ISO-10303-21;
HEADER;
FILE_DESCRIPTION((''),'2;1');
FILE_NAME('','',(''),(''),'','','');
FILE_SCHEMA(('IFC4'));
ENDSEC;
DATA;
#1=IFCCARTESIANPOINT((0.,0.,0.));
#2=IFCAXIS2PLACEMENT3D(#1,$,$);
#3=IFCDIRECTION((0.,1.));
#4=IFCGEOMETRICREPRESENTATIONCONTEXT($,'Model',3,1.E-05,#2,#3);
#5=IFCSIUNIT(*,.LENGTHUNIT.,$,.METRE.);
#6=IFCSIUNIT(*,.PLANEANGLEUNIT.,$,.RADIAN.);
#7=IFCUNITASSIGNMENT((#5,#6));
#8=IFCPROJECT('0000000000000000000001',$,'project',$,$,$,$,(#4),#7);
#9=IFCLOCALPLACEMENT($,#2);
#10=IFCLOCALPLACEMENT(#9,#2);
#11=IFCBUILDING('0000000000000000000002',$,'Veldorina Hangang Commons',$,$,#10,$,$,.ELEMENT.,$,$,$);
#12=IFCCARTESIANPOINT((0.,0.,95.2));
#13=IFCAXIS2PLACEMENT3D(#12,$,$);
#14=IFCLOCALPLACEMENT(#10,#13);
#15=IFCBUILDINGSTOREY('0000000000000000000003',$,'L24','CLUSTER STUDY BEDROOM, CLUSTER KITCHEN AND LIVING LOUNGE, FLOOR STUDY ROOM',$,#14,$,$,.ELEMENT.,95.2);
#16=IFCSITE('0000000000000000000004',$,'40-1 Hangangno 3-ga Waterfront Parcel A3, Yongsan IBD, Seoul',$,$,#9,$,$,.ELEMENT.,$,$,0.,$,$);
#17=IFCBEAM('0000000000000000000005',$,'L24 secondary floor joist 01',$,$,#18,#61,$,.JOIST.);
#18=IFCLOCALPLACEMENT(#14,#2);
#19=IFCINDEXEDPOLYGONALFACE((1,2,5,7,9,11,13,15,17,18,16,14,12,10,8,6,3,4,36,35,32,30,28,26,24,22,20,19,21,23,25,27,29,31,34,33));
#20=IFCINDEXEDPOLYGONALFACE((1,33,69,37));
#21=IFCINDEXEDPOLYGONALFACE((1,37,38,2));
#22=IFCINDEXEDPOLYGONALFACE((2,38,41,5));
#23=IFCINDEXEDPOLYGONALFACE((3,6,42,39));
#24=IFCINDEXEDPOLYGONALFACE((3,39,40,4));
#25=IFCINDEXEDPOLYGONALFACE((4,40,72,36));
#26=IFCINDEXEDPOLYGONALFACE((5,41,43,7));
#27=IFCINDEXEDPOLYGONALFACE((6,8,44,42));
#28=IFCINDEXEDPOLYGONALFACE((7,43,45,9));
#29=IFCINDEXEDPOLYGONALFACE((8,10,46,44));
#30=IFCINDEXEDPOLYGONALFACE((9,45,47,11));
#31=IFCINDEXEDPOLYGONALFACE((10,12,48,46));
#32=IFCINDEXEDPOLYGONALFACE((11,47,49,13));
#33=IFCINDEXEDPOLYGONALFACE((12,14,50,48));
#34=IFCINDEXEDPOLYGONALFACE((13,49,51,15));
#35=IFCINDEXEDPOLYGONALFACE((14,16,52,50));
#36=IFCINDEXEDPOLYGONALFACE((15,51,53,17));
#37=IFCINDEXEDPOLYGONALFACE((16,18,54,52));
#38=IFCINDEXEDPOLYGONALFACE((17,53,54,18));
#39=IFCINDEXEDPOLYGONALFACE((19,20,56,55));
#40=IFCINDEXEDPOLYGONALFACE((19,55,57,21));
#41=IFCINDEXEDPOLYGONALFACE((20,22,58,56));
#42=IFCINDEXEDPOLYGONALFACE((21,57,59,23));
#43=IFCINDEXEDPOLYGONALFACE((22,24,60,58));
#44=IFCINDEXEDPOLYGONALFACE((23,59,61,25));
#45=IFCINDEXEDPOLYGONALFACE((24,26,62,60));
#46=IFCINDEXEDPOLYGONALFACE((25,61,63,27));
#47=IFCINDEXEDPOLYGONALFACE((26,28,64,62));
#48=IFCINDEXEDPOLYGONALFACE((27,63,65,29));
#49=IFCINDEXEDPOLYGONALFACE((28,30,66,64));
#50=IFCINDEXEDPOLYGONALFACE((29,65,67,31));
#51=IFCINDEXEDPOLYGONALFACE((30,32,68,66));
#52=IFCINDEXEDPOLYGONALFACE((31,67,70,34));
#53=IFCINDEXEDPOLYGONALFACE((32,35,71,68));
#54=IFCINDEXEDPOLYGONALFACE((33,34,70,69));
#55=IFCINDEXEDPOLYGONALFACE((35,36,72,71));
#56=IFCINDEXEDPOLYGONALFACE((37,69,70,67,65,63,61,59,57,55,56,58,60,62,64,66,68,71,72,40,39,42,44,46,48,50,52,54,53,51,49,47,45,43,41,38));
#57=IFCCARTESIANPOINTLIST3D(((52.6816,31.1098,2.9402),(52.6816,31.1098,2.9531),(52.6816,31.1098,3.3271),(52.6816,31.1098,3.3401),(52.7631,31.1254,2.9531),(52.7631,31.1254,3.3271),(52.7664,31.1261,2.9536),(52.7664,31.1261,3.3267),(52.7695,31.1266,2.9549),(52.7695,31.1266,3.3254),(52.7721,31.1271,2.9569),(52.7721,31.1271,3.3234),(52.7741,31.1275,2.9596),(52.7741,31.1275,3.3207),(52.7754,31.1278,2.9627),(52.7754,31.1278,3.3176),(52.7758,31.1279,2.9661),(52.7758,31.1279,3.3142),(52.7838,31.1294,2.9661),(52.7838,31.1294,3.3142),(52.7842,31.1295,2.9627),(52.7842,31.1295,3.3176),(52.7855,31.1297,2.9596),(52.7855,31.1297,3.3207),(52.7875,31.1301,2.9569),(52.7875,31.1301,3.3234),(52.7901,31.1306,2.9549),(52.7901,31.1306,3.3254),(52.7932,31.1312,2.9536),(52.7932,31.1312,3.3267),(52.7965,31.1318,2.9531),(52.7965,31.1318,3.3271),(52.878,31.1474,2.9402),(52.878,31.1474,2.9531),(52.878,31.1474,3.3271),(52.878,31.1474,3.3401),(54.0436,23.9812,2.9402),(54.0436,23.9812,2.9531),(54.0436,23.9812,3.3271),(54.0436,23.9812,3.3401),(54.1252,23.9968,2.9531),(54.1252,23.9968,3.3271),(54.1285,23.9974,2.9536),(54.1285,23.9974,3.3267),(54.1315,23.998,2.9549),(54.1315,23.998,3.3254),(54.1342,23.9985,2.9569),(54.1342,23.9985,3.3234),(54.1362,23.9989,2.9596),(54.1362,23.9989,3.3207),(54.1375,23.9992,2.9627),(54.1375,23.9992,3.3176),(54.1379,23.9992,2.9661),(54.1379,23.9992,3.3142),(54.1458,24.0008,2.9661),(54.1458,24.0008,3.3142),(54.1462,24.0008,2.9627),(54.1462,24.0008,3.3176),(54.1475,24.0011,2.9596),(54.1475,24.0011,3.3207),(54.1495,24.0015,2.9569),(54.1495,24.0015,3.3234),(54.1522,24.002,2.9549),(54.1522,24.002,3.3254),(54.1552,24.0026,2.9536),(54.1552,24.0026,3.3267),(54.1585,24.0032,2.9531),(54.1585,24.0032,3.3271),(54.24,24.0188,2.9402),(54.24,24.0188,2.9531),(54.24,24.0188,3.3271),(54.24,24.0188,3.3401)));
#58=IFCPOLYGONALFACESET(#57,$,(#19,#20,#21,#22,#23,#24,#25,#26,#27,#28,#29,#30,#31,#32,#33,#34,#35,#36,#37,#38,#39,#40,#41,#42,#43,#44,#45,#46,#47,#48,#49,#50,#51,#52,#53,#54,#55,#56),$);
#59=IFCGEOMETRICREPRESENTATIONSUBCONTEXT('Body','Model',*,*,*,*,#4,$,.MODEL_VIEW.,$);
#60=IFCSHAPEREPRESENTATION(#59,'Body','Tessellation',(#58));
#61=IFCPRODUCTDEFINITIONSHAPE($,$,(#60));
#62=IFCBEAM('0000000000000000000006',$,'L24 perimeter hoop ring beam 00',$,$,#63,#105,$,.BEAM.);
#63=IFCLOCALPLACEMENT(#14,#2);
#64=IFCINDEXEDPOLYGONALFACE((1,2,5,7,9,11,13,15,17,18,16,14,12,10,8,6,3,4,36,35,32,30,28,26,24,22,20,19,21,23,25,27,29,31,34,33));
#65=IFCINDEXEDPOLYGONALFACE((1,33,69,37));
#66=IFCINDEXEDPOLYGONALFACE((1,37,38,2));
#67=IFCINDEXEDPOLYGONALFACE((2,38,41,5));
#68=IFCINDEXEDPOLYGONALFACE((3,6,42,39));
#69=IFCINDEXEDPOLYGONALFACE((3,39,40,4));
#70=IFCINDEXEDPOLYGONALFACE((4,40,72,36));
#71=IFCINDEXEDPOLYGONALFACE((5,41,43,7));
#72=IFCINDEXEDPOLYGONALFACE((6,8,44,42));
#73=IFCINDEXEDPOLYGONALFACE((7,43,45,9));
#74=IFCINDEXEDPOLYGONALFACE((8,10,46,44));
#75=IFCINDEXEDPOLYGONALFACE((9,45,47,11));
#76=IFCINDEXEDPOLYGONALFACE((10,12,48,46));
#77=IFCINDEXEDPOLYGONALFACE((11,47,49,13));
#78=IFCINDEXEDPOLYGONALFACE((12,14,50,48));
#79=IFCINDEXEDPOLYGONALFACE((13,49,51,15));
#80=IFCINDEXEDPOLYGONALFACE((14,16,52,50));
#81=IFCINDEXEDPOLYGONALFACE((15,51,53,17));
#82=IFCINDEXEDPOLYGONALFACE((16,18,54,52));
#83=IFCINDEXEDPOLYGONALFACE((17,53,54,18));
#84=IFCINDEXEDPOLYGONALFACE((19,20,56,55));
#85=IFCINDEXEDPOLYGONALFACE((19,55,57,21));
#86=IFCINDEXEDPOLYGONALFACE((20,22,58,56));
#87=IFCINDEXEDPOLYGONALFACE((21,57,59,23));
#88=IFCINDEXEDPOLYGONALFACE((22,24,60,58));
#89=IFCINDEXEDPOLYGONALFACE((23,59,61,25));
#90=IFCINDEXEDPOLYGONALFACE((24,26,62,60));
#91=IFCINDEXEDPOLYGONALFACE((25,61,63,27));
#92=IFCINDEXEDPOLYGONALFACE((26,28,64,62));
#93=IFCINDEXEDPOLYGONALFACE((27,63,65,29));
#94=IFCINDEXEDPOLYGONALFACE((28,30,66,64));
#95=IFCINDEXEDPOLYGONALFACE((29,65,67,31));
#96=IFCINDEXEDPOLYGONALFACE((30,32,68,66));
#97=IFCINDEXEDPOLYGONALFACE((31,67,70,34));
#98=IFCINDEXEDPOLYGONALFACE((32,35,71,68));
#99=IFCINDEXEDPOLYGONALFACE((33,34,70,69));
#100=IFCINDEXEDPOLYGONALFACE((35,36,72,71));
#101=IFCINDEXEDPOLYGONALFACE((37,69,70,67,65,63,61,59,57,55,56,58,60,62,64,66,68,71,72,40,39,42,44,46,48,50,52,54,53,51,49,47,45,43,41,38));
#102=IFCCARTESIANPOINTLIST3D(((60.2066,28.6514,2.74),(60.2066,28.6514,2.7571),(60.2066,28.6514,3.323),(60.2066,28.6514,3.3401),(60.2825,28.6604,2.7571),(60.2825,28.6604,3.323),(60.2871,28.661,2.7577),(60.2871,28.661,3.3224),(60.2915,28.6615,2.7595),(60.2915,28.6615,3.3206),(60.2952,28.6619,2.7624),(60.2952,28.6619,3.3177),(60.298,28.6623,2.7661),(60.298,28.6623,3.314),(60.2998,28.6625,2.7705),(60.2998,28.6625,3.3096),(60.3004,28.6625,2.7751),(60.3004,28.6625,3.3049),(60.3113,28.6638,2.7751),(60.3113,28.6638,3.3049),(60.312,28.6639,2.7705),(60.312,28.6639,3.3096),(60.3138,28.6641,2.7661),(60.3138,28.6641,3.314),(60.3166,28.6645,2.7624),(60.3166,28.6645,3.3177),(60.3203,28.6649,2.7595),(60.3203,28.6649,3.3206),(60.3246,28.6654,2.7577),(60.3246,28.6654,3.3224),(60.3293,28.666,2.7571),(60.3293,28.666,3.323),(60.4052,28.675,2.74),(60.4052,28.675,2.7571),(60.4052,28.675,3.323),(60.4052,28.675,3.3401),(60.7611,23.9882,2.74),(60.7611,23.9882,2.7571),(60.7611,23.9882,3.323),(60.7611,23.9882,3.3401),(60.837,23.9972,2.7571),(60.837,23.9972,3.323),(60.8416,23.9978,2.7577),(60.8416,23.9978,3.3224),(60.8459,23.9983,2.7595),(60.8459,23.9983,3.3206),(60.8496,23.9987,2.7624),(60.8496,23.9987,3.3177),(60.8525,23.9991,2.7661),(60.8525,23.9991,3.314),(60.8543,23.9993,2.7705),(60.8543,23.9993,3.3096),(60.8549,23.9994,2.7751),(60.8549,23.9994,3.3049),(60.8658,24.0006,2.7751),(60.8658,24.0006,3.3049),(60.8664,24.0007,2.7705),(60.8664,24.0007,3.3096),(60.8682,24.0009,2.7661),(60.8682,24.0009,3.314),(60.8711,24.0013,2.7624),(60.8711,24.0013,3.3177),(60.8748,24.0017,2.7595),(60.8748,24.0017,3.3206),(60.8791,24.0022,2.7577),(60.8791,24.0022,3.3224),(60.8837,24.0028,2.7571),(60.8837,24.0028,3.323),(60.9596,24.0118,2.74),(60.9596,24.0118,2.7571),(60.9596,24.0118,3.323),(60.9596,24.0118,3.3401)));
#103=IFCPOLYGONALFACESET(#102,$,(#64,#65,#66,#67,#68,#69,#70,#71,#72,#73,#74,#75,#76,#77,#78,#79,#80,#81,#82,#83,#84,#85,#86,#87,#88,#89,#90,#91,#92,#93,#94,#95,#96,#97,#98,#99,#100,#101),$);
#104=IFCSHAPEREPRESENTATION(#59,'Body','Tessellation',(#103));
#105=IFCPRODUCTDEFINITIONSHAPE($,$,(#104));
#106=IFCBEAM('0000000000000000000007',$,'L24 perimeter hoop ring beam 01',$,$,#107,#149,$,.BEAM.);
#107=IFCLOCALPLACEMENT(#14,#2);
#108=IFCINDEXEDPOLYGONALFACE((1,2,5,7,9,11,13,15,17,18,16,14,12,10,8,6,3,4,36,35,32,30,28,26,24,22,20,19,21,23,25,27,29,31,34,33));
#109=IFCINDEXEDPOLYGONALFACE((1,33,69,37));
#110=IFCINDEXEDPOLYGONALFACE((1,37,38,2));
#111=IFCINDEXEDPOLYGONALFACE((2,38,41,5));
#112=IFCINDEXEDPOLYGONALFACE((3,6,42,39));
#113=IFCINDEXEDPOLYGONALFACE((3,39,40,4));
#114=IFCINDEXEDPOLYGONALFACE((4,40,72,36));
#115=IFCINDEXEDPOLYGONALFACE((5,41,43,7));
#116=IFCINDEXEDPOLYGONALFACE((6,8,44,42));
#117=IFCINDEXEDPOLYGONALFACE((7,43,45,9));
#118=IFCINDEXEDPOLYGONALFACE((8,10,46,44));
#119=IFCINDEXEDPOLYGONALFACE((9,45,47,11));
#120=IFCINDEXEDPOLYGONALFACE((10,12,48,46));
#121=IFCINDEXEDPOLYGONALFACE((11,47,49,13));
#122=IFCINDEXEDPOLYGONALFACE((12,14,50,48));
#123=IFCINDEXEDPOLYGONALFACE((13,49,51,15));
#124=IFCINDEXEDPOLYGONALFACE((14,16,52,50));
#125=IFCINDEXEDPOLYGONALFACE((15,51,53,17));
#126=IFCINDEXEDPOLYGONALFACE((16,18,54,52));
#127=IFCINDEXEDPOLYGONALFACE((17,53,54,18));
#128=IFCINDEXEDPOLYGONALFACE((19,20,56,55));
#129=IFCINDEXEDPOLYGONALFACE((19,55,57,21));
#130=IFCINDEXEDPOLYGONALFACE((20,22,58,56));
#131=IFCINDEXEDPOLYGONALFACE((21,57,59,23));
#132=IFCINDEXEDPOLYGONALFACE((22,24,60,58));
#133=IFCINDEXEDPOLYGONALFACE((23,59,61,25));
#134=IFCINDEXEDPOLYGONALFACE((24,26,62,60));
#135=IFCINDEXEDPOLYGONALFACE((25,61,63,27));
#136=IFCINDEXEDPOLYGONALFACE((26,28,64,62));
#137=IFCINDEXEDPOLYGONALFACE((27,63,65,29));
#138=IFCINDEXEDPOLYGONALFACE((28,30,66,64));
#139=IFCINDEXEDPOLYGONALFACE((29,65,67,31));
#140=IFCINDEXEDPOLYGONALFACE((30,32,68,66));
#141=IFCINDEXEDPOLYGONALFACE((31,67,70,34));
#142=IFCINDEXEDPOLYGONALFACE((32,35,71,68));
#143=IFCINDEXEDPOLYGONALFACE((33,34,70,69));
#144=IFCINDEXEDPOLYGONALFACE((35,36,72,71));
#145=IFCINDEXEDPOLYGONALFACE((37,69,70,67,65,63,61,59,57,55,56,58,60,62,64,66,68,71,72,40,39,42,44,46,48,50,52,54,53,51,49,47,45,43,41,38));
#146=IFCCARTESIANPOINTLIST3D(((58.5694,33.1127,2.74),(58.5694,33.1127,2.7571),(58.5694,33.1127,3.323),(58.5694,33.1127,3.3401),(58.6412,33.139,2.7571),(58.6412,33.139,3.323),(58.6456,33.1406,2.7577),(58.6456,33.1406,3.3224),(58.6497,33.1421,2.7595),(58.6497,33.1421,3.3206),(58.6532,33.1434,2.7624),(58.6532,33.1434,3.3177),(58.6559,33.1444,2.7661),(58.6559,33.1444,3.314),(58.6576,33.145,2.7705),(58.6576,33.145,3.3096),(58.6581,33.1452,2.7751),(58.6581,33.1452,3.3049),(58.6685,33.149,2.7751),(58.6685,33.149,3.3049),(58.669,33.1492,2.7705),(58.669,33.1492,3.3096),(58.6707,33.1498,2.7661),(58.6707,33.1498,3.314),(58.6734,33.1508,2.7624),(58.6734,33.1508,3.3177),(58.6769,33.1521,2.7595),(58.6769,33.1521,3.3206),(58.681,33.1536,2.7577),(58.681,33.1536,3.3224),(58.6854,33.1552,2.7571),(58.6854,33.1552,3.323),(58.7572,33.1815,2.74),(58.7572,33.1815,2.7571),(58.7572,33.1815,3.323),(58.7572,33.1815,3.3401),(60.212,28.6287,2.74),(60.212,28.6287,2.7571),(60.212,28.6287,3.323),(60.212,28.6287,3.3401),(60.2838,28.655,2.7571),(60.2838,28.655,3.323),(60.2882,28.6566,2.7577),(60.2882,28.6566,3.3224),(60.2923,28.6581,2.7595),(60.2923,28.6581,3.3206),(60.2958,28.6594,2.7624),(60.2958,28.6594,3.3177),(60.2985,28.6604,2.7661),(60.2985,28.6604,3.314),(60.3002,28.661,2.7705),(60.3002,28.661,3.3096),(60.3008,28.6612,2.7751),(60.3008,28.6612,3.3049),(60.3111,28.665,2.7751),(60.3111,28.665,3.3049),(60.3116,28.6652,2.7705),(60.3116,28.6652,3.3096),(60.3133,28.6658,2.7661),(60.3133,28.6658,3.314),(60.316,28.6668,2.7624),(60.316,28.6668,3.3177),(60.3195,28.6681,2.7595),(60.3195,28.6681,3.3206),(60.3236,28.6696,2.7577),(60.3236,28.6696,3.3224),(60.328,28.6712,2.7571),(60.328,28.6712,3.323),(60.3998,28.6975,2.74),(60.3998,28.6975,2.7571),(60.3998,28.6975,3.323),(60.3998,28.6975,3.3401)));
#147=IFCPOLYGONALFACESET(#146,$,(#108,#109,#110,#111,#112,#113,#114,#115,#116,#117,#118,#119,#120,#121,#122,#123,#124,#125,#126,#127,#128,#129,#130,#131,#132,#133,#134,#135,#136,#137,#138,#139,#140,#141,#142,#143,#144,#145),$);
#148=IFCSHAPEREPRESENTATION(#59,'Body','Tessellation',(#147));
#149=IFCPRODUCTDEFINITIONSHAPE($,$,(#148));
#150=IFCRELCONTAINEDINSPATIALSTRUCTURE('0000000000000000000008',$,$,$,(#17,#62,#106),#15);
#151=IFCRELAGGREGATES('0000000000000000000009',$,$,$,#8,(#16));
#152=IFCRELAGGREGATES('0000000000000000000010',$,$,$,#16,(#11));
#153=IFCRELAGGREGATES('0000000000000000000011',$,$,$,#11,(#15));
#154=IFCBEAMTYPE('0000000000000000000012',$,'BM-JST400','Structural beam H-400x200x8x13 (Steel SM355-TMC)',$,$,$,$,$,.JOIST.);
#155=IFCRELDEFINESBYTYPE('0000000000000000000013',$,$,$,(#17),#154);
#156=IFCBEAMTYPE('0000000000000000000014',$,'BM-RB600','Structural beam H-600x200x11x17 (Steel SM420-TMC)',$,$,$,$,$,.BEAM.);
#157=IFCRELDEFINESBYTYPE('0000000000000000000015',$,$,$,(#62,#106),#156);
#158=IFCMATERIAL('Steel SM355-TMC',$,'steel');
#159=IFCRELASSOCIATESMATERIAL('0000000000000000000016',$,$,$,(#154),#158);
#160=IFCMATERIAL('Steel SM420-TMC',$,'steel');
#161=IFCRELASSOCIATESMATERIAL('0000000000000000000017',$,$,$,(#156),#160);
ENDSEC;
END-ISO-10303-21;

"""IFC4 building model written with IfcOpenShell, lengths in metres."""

from ifc_helpers import new_model, si_unit, direction, frame, origin, origin_2d, place, context, subcontext, project, spatial, i_section, extrude, material, material_profile, profile_set, type_object, element, save


model = new_model("IFC4")

# Units and contexts
model_context = context("Model", 3, precision=1e-05, world=origin(), true_north=direction((0.0, 1.0)))
body_context = subcontext(model_context, "Body", "Model", "MODEL_VIEW")
ifc_project = project(units=[si_unit("LENGTHUNIT", "METRE"), si_unit("PLANEANGLEUNIT", "RADIAN")], contexts=[model_context])

# Site, building, storey
site_placement = place(None, origin())
site = spatial("IfcSite", under=ifc_project, at=site_placement, Name="40-1 Hangangno 3-ga Waterfront Parcel A3, Yongsan IBD, Seoul", CompositionType="ELEMENT", RefElevation=0.0)
building_placement = place(site_placement, origin())
building = spatial("IfcBuilding", under=site, at=building_placement, Name="Veldorina Hangang Commons", CompositionType="ELEMENT")
storey_placement = place(building_placement, frame((0.0, 0.0, 95.2)))
storey = spatial("IfcBuildingStorey", under=building, at=storey_placement, Name="L24", Description="CLUSTER STUDY BEDROOM, CLUSTER KITCHEN AND LIVING LOUNGE, FLOOR STUDY ROOM", CompositionType="ELEMENT", Elevation=95.2)

# Beams
ifc_material_1 = material(Name="Steel SM355-TMC", Category="steel")
ifc_material_profile_1 = material_profile(ifc_material_1, i_section(OverallWidth=0.2, OverallDepth=0.3999, WebThickness=0.0081, FlangeThickness=0.0129, FilletRadius=0.0129, at=origin_2d()), Name="H-400x200x8x13")
ifc_profile_set_1 = profile_set([ifc_material_profile_1], Name="Steel SM355-TMC")
beam_type_1 = type_object("IfcBeamType", Name="BM-JST400", Description="Structural beam H-400x200x8x13 (Steel SM355-TMC)", PredefinedType="JOIST", material=ifc_profile_set_1)
beam_1_placement = place(storey_placement, frame((54.1418, 24.0, 3.1401), z_axis=(-0.187673, 0.982232, 0.0), x_axis=(-0.982232, -0.187673, 0.0)))
element("IfcBeam", 1, at=beam_1_placement, inside=storey, type_object=beam_type_1, Name="L24 secondary floor joist 01", PredefinedType="JOIST", context=body_context, shape_type="SweptSolid", body=[
    extrude(i_section(OverallWidth=0.2, OverallDepth=0.3999, WebThickness=0.0081, FlangeThickness=0.0129, FilletRadius=0.0129, at=origin_2d()), origin(), (0.0, 0.0, 1.0), 7.2576),
])
ifc_material_2 = material(Name="Steel SM420-TMC", Category="steel")
ifc_material_profile_2 = material_profile(ifc_material_2, i_section(OverallWidth=0.2, OverallDepth=0.6001, WebThickness=0.011, FlangeThickness=0.0171, FilletRadius=0.0181, at=origin_2d()), Name="H-600x200x11x17")
ifc_profile_set_2 = profile_set([ifc_material_profile_2], Name="Steel SM420-TMC")
beam_type_2 = type_object("IfcBeamType", Name="BM-RB600", Description="Structural beam H-600x200x11x17 (Steel SM420-TMC)", PredefinedType="BEAM", material=ifc_profile_set_2)
beam_2_placement = place(storey_placement, frame((60.8604, 24.0, 3.04), z_axis=(-0.118069, 0.993005, 0.0), x_axis=(-0.993005, -0.118069, 0.0)))
element("IfcBeam", 2, at=beam_2_placement, inside=storey, type_object=beam_type_2, Name="L24 perimeter hoop ring beam 00", PredefinedType="BEAM", context=body_context, shape_type="SweptSolid", body=[
    extrude(i_section(OverallWidth=0.2, OverallDepth=0.6001, WebThickness=0.011, FlangeThickness=0.0171, FilletRadius=0.0181, at=origin_2d()), origin(), (0.0, 0.0, 1.0), 4.696),
])
beam_3_placement = place(storey_placement, frame((60.3059, 28.6631, 3.04), z_axis=(-0.343975, 0.938979, 0.0), x_axis=(-0.938979, -0.343975, 0.0)))
element("IfcBeam", 3, at=beam_3_placement, inside=storey, type_object=beam_type_2, Name="L24 perimeter hoop ring beam 01", PredefinedType="BEAM", context=body_context, shape_type="SweptSolid", body=[
    extrude(i_section(OverallWidth=0.2, OverallDepth=0.6001, WebThickness=0.011, FlangeThickness=0.0171, FilletRadius=0.0181, at=origin_2d()), origin(), (0.0, 0.0, 1.0), 4.7754),
])

save(model, "model.ifc")
